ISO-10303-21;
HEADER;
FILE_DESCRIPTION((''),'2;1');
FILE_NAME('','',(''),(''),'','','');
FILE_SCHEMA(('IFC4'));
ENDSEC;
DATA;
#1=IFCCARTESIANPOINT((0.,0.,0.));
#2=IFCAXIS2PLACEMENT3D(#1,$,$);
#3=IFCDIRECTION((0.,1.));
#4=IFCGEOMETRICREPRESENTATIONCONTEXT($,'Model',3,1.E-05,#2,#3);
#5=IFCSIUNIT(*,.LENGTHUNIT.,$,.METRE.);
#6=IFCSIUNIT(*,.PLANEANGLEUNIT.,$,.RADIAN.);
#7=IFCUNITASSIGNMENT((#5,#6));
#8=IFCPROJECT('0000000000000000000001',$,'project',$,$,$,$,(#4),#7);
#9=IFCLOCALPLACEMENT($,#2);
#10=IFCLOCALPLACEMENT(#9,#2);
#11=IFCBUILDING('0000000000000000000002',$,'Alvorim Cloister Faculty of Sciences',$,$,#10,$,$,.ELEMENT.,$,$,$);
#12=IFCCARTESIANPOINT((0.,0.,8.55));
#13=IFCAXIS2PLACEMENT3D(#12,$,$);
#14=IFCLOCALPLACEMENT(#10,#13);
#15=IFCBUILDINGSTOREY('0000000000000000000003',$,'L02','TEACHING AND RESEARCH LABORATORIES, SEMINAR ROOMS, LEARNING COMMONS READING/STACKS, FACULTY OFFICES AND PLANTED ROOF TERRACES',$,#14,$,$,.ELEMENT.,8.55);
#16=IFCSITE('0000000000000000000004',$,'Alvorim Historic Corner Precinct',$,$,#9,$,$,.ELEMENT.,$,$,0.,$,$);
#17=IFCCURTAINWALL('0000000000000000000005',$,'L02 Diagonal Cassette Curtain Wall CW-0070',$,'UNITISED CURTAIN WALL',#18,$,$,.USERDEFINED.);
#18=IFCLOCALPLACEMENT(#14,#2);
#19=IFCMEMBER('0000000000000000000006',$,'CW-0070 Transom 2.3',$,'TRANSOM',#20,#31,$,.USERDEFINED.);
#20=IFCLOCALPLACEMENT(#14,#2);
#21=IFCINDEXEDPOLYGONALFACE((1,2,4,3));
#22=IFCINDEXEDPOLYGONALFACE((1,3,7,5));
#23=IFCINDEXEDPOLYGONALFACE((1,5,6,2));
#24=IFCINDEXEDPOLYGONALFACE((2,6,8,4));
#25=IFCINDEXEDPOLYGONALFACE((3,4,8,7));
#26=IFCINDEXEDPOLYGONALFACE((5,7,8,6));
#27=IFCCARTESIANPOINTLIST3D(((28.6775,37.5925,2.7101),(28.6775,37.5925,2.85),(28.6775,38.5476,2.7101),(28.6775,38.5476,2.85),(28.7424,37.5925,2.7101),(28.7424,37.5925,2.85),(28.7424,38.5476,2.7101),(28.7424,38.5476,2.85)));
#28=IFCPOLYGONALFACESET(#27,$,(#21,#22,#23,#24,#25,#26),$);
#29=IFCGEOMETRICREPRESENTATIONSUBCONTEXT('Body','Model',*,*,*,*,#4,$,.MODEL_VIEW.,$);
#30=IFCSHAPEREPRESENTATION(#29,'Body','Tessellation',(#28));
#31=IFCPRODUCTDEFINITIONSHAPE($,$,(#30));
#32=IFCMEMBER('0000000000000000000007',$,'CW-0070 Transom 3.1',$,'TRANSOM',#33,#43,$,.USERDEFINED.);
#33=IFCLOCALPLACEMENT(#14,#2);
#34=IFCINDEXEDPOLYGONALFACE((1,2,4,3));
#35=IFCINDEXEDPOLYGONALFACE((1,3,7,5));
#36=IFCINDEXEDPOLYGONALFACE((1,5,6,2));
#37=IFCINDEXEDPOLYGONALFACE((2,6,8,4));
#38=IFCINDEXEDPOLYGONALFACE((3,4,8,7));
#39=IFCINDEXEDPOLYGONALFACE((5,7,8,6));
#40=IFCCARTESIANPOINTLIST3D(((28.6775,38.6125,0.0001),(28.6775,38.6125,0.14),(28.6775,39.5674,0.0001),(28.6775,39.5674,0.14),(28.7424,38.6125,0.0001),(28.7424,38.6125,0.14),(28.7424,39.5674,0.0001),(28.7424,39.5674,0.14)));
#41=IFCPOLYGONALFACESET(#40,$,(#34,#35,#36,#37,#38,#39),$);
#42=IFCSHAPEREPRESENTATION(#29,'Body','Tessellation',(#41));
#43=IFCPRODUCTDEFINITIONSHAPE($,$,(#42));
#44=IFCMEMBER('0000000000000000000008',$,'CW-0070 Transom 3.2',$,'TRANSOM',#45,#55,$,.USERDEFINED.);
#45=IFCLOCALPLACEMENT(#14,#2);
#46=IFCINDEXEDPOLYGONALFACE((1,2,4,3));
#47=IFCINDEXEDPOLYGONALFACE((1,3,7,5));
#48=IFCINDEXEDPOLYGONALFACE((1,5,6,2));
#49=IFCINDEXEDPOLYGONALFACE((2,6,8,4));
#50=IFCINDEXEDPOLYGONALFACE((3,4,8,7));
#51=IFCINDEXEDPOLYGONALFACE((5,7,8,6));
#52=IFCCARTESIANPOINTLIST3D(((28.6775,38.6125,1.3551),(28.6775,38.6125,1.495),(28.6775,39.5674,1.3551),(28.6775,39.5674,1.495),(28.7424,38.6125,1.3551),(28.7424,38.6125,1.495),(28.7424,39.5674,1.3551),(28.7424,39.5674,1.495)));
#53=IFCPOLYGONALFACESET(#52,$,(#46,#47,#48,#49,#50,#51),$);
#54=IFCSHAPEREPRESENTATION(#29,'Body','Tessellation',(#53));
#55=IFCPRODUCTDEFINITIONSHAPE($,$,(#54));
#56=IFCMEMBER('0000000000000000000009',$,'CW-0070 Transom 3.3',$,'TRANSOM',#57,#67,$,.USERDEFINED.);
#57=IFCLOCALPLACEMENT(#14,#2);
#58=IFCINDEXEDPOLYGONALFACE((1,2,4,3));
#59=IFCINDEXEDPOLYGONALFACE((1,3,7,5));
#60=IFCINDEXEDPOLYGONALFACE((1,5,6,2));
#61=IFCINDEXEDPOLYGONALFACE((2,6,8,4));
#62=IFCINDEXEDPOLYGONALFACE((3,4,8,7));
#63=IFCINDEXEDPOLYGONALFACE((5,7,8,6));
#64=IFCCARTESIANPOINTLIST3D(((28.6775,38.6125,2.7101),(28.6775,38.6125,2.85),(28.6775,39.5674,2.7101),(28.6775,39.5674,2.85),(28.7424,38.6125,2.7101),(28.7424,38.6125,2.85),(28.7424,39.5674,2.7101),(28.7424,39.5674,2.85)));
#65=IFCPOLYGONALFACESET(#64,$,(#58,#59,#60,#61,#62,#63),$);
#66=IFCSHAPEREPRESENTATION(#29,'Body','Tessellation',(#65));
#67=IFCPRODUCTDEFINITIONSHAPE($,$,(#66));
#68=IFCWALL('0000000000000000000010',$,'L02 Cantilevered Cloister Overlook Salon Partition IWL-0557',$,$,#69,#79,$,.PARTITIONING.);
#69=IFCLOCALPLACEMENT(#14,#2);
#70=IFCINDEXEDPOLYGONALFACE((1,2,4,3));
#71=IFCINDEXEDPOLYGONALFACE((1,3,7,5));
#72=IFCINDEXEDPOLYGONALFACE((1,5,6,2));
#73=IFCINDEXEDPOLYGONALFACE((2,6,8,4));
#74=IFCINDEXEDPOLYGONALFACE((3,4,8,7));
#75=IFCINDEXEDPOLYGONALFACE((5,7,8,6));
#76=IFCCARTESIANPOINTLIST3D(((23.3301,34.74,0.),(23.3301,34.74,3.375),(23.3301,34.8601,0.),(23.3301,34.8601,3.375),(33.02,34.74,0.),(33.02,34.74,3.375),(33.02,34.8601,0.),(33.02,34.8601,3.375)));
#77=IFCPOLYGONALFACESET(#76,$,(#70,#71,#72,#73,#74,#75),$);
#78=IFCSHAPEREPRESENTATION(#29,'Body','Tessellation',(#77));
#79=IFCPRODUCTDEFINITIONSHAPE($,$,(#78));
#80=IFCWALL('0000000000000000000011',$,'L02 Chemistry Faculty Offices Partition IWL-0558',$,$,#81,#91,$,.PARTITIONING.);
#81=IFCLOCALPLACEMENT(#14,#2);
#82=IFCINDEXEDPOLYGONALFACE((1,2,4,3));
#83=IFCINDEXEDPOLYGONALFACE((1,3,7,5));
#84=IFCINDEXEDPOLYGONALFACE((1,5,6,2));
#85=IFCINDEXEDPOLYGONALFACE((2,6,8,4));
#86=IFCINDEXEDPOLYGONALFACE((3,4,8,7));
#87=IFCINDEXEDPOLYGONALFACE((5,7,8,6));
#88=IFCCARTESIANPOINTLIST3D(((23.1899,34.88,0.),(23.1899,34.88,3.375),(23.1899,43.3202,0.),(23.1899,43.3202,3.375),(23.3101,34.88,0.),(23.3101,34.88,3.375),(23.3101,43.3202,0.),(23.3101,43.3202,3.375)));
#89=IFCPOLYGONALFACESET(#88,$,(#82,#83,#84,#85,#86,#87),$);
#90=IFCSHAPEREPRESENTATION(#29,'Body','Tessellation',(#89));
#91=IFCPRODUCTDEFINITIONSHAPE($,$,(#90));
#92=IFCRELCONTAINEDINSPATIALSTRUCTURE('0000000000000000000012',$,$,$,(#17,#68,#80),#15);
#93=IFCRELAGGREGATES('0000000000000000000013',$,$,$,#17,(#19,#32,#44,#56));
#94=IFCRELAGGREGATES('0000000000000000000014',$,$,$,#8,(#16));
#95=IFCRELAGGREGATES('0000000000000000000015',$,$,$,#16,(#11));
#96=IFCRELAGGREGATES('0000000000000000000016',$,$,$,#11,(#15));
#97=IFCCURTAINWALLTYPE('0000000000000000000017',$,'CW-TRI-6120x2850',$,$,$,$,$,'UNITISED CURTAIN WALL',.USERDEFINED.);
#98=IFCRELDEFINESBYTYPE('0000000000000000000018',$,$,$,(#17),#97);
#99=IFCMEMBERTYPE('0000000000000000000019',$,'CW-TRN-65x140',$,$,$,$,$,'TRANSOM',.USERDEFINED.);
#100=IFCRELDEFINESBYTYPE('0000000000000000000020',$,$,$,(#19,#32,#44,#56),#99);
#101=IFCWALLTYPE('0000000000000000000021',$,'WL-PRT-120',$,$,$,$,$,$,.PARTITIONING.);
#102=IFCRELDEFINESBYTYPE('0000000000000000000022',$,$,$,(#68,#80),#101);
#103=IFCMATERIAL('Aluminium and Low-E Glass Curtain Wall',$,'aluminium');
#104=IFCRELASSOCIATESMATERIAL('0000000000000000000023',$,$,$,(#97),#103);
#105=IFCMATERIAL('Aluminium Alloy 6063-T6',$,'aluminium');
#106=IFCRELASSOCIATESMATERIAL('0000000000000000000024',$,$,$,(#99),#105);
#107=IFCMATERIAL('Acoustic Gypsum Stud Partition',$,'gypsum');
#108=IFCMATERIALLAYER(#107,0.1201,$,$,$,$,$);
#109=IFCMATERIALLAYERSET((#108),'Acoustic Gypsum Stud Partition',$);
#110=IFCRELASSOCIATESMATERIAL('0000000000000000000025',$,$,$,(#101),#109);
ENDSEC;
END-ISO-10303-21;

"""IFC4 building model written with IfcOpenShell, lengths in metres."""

from ifc_helpers import new_model, si_unit, direction, frame, frame_2d, origin, origin_2d, place, context, subcontext, project, spatial, rectangle, extrude, material, layer, layer_set, material_profile, profile_set, type_object, element, aggregate, save


model = new_model("IFC4")

# Units and contexts
model_context = context("Model", 3, precision=1e-05, world=origin(), true_north=direction((0.0, 1.0)))
body_context = subcontext(model_context, "Body", "Model", "MODEL_VIEW")
ifc_project = project(units=[si_unit("LENGTHUNIT", "METRE"), si_unit("PLANEANGLEUNIT", "RADIAN")], contexts=[model_context])

# Site, building, storey
site_placement = place(None, origin())
site = spatial("IfcSite", under=ifc_project, at=site_placement, Name="Alvorim Historic Corner Precinct", CompositionType="ELEMENT", RefElevation=0.0)
building_placement = place(site_placement, origin())
building = spatial("IfcBuilding", under=site, at=building_placement, Name="Alvorim Cloister Faculty of Sciences", CompositionType="ELEMENT")
storey_placement = place(building_placement, frame((0.0, 0.0, 8.55)))
storey = spatial("IfcBuildingStorey", under=building, at=storey_placement, Name="L02", Description="TEACHING AND RESEARCH LABORATORIES, SEMINAR ROOMS, LEARNING COMMONS READING/STACKS, FACULTY OFFICES AND PLANTED ROOF TERRACES", CompositionType="ELEMENT", Elevation=8.55)

# Curtain wall, members
ifc_material_1 = material(Name="Aluminium and Low-E Glass Curtain Wall", Category="aluminium")
curtain_wall_type = type_object("IfcCurtainWallType", Name="CW-TRI-6120x2850", ElementType="UNITISED CURTAIN WALL", PredefinedType="USERDEFINED", material=ifc_material_1)
curtain_wall_placement = place(storey_placement, origin())
curtain_wall = element("IfcCurtainWall", 1, at=curtain_wall_placement, inside=storey, type_object=curtain_wall_type, Name="L02 Diagonal Cassette Curtain Wall CW-0070", ObjectType="UNITISED CURTAIN WALL", PredefinedType="USERDEFINED")
ifc_material_2 = material(Name="Aluminium Alloy 6063-T6", Category="aluminium")
ifc_material_profile_1 = material_profile(ifc_material_2, rectangle(XDim=0.0649, YDim=0.1399, at=origin_2d()), Name="ALU-TRN-65x140")
ifc_profile_set_1 = profile_set([ifc_material_profile_1], Name="Aluminium Alloy 6063-T6")
member_type_1 = type_object("IfcMemberType", Name="CW-TRN-65x140", ElementType="TRANSOM", PredefinedType="USERDEFINED", material=ifc_profile_set_1)
member_1_placement = place(storey_placement, frame((28.71, 37.5925, 2.78), z_axis=(0.0, 1.0, 0.0), x_axis=(-1.0, 0.0, 0.0)))
member_1 = element("IfcMember", 2, at=member_1_placement, type_object=member_type_1, Name="CW-0070 Transom 2.3", ObjectType="TRANSOM", PredefinedType="USERDEFINED", context=body_context, shape_type="SweptSolid", body=[
    extrude(rectangle(XDim=0.0649, YDim=0.1399, at=origin_2d()), origin(), (0.0, 0.0, 1.0), 0.9551),
])
member_2_placement = place(storey_placement, frame((28.71, 38.6125, 0.0701), z_axis=(0.0, 1.0, 0.0), x_axis=(-1.0, 0.0, 0.0)))
member_2 = element("IfcMember", 3, at=member_2_placement, type_object=member_type_1, Name="CW-0070 Transom 3.1", ObjectType="TRANSOM", PredefinedType="USERDEFINED", context=body_context, shape_type="SweptSolid", body=[
    extrude(rectangle(XDim=0.0649, YDim=0.1399, at=origin_2d()), origin(), (0.0, 0.0, 1.0), 0.9548),
])
member_3_placement = place(storey_placement, frame((28.71, 38.6125, 1.425), z_axis=(0.0, 1.0, 0.0), x_axis=(-1.0, 0.0, 0.0)))
member_3 = element("IfcMember", 4, at=member_3_placement, type_object=member_type_1, Name="CW-0070 Transom 3.2", ObjectType="TRANSOM", PredefinedType="USERDEFINED", context=body_context, shape_type="SweptSolid", body=[
    extrude(rectangle(XDim=0.0649, YDim=0.1399, at=origin_2d()), origin(), (0.0, 0.0, 1.0), 0.9548),
])
member_4_placement = place(storey_placement, frame((28.71, 38.6125, 2.78), z_axis=(0.0, 1.0, 0.0), x_axis=(-1.0, 0.0, 0.0)))
member_4 = element("IfcMember", 5, at=member_4_placement, type_object=member_type_1, Name="CW-0070 Transom 3.3", ObjectType="TRANSOM", PredefinedType="USERDEFINED", context=body_context, shape_type="SweptSolid", body=[
    extrude(rectangle(XDim=0.0649, YDim=0.1399, at=origin_2d()), origin(), (0.0, 0.0, 1.0), 0.9548),
])
aggregate(curtain_wall, [member_1, member_2, member_3, member_4])

# Walls
ifc_material_3 = material(Name="Acoustic Gypsum Stud Partition", Category="gypsum")
ifc_layer = layer(ifc_material_3, 0.1201)
ifc_layer_set = layer_set([ifc_layer], Name="Acoustic Gypsum Stud Partition")
wall_type = type_object("IfcWallType", Name="WL-PRT-120", PredefinedType="PARTITIONING", material=ifc_layer_set)
wall_1_placement = place(storey_placement, frame((23.3301, 34.8, 0.0), z_axis=(0.0, 0.0, 1.0), x_axis=(1.0, 0.0, 0.0)))
element("IfcWall", 6, at=wall_1_placement, inside=storey, type_object=wall_type, Name="L02 Cantilevered Cloister Overlook Salon Partition IWL-0557", PredefinedType="PARTITIONING", context=body_context, shape_type="SweptSolid", body=[
    extrude(rectangle(XDim=9.6899, YDim=0.1201, at=frame_2d((4.845, 0.0))), origin(), (0.0, 0.0, 1.0), 3.375),
])
wall_2_placement = place(storey_placement, frame((23.25, 34.8799, 0.0), z_axis=(0.0, 0.0, 1.0), x_axis=(0.0, 1.0, 0.0)))
element("IfcWall", 7, at=wall_2_placement, inside=storey, type_object=wall_type, Name="L02 Chemistry Faculty Offices Partition IWL-0558", PredefinedType="PARTITIONING", context=body_context, shape_type="SweptSolid", body=[
    extrude(rectangle(XDim=8.4402, YDim=0.1201, at=frame_2d((4.2202, 0.0))), origin(), (0.0, 0.0, 1.0), 3.375),
])

save(model, "model.ifc")
